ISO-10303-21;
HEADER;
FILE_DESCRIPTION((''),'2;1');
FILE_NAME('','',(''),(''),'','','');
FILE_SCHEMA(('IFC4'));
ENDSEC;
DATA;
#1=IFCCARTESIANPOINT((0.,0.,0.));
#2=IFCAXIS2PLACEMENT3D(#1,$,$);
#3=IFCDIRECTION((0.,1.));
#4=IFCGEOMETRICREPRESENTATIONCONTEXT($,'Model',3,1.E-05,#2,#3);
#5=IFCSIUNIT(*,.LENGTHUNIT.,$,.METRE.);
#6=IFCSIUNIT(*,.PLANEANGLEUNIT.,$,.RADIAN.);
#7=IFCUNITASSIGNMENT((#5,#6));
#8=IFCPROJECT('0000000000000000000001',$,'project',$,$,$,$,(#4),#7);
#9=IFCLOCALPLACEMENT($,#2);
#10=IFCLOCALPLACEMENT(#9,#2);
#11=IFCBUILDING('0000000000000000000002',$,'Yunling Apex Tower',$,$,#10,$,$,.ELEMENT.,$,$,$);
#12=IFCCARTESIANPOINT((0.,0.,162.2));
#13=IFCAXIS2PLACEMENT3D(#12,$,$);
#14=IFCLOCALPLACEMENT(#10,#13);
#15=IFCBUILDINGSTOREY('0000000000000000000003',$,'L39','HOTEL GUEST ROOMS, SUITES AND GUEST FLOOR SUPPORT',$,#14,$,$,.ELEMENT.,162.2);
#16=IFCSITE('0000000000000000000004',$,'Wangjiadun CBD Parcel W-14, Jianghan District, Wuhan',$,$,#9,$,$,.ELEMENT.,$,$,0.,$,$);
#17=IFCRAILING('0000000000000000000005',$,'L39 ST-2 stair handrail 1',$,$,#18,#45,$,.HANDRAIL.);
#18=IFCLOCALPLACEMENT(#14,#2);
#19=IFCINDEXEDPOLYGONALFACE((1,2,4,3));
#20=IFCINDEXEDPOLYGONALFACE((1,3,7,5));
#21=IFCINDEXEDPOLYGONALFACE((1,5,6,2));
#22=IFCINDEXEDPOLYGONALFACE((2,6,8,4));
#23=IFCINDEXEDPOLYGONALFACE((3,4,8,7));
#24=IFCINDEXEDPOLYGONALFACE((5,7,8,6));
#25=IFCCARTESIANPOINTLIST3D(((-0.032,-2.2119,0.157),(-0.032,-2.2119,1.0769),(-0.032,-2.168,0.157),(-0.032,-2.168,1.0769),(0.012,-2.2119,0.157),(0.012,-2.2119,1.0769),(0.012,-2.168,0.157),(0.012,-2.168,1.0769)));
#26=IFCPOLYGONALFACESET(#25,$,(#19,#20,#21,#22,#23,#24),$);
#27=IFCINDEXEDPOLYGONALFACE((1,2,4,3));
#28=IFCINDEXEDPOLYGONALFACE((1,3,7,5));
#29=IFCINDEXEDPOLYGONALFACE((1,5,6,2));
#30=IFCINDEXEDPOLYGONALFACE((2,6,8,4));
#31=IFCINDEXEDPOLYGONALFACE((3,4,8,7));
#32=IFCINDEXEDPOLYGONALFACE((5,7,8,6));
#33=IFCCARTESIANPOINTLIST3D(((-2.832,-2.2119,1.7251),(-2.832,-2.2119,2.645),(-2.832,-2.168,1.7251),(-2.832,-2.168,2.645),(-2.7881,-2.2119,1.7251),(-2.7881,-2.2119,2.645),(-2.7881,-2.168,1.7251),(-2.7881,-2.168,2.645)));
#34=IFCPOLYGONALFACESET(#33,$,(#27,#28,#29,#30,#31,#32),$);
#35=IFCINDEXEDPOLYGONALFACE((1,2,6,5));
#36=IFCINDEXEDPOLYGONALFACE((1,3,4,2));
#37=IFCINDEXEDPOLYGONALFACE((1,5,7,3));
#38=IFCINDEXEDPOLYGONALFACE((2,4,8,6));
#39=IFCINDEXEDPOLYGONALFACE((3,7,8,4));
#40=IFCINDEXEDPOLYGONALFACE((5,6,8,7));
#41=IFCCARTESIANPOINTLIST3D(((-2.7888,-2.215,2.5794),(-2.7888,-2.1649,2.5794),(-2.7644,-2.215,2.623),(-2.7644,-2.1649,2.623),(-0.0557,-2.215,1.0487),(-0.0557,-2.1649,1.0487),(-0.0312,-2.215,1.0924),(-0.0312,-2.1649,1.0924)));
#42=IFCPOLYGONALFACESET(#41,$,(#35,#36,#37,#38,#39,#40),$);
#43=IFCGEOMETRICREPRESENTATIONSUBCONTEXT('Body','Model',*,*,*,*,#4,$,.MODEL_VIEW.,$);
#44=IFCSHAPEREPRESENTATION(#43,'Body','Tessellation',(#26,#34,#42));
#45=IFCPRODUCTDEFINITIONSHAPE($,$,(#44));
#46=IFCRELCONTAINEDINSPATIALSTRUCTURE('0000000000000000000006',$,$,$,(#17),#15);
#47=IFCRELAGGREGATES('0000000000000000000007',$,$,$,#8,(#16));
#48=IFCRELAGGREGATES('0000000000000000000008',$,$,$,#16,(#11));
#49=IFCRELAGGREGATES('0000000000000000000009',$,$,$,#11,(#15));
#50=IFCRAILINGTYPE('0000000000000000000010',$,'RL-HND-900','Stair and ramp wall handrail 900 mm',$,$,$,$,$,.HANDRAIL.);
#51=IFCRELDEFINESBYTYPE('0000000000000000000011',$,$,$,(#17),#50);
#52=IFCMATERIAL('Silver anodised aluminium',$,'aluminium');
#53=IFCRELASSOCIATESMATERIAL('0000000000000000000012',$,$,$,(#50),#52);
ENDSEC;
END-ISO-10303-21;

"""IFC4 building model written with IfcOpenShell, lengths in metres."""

from ifc_helpers import new_model, si_unit, direction, frame, origin, origin_2d, place, context, subcontext, project, spatial, rectangle, extrude, material, type_object, element, save


model = new_model("IFC4")

# Units and contexts
model_context = context("Model", 3, precision=1e-05, world=origin(), true_north=direction((0.0, 1.0)))
body_context = subcontext(model_context, "Body", "Model", "MODEL_VIEW")
ifc_project = project(units=[si_unit("LENGTHUNIT", "METRE"), si_unit("PLANEANGLEUNIT", "RADIAN")], contexts=[model_context])

# Site, building, storey
site_placement = place(None, origin())
site = spatial("IfcSite", under=ifc_project, at=site_placement, Name="Wangjiadun CBD Parcel W-14, Jianghan District, Wuhan", CompositionType="ELEMENT", RefElevation=0.0)
building_placement = place(site_placement, origin())
building = spatial("IfcBuilding", under=site, at=building_placement, Name="Yunling Apex Tower", CompositionType="ELEMENT")
storey_placement = place(building_placement, frame((0.0, 0.0, 162.2)))
storey = spatial("IfcBuildingStorey", under=building, at=storey_placement, Name="L39", Description="HOTEL GUEST ROOMS, SUITES AND GUEST FLOOR SUPPORT", CompositionType="ELEMENT", Elevation=162.2)

# Railing
ifc_material_1 = material(Name="Silver anodised aluminium", Category="aluminium")
railing_type_1 = type_object("IfcRailingType", Name="RL-HND-900", Description="Stair and ramp wall handrail 900 mm", PredefinedType="HANDRAIL", material=ifc_material_1)
railing_1_placement = place(storey_placement, frame((-0.01, -2.1899, 0.157)))
element("IfcRailing", 1, at=railing_1_placement, inside=storey, type_object=railing_type_1, Name="L39 ST-2 stair handrail 1", PredefinedType="HANDRAIL", context=body_context, shape_type="SweptSolid", body=[
    extrude(rectangle(XDim=0.0439, YDim=0.0439, at=origin_2d()), origin(), (0.0, 0.0, 1.0), 0.9199),
    extrude(rectangle(XDim=0.0439, YDim=0.0439, at=origin_2d()), frame((-2.8, 0.0, 1.5681)), (0.0, 0.0, 1.0), 0.9199),
    extrude(rectangle(XDim=0.05, YDim=0.05, at=origin_2d()), frame((-0.0334, 0.0, 0.9136), z_axis=(-0.872494, 0.0, 0.488624), x_axis=(0.0, -1.0, 0.0)), (0.0, 0.0, 1.0), 3.1326),
])

save(model, "model.ifc")
